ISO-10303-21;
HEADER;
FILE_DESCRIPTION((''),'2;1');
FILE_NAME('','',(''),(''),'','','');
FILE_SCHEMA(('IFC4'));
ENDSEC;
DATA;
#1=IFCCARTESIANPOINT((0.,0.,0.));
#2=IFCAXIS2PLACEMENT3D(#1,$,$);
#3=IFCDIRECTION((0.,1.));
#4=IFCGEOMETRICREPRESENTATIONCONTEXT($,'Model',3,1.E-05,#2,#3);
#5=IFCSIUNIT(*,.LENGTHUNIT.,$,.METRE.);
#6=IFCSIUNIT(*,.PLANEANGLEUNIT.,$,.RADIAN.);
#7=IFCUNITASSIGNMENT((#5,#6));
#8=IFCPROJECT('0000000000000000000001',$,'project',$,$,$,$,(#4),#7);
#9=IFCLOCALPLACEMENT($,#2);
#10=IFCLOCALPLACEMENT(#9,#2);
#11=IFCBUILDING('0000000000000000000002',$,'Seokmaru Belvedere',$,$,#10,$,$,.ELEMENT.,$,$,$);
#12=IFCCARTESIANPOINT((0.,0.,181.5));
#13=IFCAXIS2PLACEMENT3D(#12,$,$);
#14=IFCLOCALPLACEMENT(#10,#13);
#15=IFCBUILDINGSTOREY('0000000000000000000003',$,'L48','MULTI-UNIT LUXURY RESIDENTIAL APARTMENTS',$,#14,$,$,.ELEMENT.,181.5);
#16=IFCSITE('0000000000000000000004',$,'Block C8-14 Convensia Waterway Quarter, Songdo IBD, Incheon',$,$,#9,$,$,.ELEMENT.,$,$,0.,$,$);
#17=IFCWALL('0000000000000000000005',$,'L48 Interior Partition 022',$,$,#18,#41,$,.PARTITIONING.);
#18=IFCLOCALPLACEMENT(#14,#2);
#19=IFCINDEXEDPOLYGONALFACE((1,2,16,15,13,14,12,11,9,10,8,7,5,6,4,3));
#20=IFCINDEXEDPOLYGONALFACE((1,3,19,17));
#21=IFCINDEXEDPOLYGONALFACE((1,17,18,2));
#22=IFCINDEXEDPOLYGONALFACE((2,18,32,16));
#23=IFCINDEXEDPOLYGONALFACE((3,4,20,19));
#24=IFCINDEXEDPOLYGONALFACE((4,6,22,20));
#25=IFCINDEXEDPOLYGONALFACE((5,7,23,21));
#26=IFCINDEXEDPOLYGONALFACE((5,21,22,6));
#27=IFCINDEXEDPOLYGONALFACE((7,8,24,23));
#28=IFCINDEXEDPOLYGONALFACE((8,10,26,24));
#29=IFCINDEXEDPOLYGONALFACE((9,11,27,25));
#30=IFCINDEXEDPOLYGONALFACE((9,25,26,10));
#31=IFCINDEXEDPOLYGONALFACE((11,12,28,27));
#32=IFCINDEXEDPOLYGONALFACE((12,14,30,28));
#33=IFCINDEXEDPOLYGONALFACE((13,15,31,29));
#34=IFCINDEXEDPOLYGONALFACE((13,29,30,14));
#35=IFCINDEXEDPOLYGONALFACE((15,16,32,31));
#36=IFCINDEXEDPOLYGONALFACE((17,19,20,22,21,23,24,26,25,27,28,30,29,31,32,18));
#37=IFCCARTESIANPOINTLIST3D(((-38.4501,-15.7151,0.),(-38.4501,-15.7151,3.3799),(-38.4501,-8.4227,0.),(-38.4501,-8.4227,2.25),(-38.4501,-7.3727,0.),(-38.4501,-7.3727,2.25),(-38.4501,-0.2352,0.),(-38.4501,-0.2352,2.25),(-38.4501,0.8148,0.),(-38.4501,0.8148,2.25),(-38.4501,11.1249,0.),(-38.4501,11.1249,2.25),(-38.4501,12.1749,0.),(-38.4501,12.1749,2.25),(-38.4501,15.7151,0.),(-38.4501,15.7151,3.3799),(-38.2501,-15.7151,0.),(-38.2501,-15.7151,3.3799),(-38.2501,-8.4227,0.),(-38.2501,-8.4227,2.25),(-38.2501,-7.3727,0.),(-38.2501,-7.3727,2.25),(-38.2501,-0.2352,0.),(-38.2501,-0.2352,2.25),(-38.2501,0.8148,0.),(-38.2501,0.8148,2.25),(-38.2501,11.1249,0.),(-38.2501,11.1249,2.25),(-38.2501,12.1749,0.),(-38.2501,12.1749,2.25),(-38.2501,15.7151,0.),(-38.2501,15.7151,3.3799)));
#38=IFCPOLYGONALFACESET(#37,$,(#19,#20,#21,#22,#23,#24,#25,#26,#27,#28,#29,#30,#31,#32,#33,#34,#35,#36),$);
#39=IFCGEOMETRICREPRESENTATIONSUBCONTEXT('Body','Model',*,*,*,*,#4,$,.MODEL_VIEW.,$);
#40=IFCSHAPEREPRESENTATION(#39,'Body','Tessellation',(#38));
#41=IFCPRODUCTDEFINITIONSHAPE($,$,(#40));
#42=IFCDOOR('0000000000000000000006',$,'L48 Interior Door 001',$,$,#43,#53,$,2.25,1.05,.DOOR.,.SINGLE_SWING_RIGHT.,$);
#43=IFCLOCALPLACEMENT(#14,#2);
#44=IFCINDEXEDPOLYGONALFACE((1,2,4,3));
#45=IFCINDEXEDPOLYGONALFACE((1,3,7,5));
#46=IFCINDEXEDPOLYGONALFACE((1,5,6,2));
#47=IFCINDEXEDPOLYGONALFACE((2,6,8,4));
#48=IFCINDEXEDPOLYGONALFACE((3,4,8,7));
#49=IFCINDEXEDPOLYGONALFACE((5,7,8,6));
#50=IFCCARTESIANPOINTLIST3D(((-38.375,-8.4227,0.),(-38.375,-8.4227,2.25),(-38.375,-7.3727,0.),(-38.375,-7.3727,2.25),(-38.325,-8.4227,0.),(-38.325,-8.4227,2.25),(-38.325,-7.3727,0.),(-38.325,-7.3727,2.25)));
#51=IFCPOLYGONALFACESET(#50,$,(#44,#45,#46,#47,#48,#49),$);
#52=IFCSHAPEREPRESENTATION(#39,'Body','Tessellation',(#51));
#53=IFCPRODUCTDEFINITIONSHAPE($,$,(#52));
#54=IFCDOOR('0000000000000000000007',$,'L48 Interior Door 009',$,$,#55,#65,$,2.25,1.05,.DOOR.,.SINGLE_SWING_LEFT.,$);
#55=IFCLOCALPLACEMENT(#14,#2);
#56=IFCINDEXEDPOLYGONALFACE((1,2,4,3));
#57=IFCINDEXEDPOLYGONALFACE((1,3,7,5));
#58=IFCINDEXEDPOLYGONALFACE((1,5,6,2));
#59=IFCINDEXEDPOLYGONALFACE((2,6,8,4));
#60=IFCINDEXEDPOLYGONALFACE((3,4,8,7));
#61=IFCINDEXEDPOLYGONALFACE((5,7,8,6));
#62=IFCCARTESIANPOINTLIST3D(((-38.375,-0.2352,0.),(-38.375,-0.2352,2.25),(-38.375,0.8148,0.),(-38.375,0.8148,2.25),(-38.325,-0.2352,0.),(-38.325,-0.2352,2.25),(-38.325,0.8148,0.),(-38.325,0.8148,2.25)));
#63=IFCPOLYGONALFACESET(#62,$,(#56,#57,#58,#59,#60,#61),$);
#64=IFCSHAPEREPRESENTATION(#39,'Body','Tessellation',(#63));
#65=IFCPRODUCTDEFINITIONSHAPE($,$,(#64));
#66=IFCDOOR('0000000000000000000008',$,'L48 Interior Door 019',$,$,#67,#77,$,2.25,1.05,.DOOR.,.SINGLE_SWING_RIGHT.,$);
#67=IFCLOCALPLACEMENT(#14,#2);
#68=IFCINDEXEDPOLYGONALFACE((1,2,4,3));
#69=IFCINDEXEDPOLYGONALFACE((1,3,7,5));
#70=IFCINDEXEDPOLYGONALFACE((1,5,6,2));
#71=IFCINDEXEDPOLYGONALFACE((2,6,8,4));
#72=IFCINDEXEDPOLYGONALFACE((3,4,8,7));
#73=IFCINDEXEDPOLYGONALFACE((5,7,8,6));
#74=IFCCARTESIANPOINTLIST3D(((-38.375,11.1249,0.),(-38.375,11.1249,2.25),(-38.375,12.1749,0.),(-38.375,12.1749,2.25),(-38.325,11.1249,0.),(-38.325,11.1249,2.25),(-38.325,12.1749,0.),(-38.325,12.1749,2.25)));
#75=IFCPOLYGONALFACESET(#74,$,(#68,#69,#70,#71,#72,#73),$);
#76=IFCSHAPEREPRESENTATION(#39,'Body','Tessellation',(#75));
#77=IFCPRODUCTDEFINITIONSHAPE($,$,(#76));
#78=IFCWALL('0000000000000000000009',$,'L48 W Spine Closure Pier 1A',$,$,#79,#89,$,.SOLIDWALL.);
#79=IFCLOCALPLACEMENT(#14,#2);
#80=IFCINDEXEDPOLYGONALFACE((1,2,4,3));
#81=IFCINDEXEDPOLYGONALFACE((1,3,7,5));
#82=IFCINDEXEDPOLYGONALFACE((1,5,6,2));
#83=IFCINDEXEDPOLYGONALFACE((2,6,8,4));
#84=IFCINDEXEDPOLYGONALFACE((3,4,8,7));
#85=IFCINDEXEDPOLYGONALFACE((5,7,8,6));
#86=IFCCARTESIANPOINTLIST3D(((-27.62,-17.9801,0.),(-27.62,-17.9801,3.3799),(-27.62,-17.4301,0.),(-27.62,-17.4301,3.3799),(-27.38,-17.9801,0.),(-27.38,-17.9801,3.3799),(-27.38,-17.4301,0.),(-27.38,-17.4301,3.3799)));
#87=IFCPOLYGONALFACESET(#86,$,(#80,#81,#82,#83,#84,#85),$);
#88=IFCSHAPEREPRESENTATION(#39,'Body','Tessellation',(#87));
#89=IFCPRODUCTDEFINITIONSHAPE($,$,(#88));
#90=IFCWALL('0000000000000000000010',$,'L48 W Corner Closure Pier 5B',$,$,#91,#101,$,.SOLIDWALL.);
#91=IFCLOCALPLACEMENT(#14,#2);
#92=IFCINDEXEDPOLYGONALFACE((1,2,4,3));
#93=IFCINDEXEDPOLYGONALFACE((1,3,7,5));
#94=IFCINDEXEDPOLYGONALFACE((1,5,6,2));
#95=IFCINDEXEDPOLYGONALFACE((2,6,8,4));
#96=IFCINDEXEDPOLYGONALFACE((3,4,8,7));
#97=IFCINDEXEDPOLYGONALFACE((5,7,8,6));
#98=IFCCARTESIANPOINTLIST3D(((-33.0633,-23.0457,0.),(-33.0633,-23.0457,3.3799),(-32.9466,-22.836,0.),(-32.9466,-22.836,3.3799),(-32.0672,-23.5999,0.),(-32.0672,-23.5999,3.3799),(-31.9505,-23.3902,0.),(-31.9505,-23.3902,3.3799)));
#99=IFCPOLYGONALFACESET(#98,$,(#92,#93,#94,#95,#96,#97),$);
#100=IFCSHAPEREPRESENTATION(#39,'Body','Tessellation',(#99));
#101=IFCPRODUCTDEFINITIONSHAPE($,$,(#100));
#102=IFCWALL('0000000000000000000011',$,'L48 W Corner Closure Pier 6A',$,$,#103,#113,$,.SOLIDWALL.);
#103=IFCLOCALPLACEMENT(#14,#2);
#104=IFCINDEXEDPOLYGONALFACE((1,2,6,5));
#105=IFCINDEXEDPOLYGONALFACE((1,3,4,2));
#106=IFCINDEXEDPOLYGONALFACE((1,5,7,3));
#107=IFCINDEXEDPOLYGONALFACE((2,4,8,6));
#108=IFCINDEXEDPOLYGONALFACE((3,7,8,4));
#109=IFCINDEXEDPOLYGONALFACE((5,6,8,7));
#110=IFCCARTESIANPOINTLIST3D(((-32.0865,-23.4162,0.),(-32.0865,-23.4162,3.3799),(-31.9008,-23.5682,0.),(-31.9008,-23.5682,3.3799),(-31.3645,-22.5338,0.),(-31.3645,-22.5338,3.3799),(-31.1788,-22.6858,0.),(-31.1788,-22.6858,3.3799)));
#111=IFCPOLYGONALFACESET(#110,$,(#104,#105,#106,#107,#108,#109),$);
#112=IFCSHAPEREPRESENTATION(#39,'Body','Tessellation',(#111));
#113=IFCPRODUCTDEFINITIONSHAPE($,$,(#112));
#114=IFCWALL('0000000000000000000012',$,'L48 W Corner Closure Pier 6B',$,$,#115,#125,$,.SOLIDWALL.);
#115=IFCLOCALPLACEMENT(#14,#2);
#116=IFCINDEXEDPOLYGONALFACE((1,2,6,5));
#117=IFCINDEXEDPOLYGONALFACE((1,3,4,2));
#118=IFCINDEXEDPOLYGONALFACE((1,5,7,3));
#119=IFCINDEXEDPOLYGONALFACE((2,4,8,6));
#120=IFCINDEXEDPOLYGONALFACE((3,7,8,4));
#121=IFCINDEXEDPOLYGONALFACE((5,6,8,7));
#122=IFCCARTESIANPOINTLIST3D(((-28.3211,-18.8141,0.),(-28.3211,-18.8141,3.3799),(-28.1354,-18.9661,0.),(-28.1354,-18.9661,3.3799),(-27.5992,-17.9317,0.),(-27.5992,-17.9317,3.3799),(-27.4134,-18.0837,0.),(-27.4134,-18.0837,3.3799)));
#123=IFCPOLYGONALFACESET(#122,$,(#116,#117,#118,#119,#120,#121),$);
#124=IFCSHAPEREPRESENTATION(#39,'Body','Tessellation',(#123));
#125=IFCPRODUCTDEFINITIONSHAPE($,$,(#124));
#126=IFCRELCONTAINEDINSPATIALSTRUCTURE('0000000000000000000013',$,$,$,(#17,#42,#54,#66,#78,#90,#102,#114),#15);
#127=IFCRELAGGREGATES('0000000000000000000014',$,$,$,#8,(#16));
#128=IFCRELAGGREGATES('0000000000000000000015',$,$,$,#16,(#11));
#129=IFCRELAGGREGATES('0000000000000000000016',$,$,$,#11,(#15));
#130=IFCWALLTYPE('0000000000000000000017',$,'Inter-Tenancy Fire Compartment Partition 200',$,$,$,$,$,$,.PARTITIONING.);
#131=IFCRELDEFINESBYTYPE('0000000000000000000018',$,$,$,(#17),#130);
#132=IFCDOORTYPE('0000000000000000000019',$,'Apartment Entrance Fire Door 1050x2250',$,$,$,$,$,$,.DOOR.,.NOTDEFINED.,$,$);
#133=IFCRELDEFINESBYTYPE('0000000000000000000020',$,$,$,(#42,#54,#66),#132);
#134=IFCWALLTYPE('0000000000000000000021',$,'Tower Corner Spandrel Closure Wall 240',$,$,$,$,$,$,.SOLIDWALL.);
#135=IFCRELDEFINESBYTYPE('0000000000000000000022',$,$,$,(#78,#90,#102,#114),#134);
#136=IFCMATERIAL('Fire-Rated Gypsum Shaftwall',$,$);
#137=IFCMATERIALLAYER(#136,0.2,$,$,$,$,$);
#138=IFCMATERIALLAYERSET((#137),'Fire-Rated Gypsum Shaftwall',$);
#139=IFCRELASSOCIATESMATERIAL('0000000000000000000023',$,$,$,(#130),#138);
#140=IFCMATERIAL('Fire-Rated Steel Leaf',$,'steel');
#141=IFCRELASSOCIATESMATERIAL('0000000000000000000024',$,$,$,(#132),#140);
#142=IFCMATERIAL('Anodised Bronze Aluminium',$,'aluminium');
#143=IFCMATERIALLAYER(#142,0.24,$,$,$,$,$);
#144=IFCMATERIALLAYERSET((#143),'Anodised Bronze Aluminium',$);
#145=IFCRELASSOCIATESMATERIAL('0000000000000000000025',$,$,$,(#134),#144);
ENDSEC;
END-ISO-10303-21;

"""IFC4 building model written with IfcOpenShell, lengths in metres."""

from ifc_helpers import new_model, si_unit, direction, frame, frame_2d, origin, place, context, subcontext, project, spatial, rectangle, extrude, source, transform, mapped, material, layer, layer_set, type_object, type_shapes, element, fill, save


model = new_model("IFC4")

# Units and contexts
model_context = context("Model", 3, precision=1e-05, world=origin(), true_north=direction((0.0, 1.0)))
body_context = subcontext(model_context, "Body", "Model", "MODEL_VIEW")
ifc_project = project(units=[si_unit("LENGTHUNIT", "METRE"), si_unit("PLANEANGLEUNIT", "RADIAN")], contexts=[model_context])

# Site, building, storey
site_placement = place(None, origin())
site = spatial("IfcSite", under=ifc_project, at=site_placement, Name="Block C8-14 Convensia Waterway Quarter, Songdo IBD, Incheon", CompositionType="ELEMENT", RefElevation=0.0)
building_placement = place(site_placement, origin())
building = spatial("IfcBuilding", under=site, at=building_placement, Name="Seokmaru Belvedere", CompositionType="ELEMENT")
storey_placement = place(building_placement, frame((0.0, 0.0, 181.5)))
storey = spatial("IfcBuildingStorey", under=building, at=storey_placement, Name="L48", Description="MULTI-UNIT LUXURY RESIDENTIAL APARTMENTS", CompositionType="ELEMENT", Elevation=181.5)

# Shared definitions
ifc_material_1 = material(Name="Anodised Bronze Aluminium", Category="aluminium")

# Shared definitions
ifc_material_2 = material(Name="Fire-Rated Gypsum Shaftwall")

# Shared definitions
ifc_layer_1 = layer(ifc_material_2, 0.2)
ifc_layer_set_1 = layer_set([ifc_layer_1], Name="Fire-Rated Gypsum Shaftwall")
wall_type_1 = type_object("IfcWallType", Name="Inter-Tenancy Fire Compartment Partition 200", PredefinedType="PARTITIONING", material=ifc_layer_set_1)

# Wall, openings, doors
wall_1_placement = place(storey_placement, frame((-38.3501, -15.7151, 0.0), z_axis=(0.0, 0.0, 1.0), x_axis=(0.0, 1.0, 0.0)))
wall_1 = element("IfcWall", 1, at=wall_1_placement, inside=storey, type_object=wall_type_1, Name="L48 Interior Partition 022", PredefinedType="PARTITIONING", context=body_context, shape_type="SweptSolid", body=[
    extrude(rectangle(XDim=31.4302, YDim=0.2, at=frame_2d((15.7151, 0.0))), origin(), (0.0, 0.0, 1.0), 3.3799),
])
opening_1_placement = place(wall_1_placement, frame((7.2925, 0.0, 0.0)))
opening_1 = element("IfcOpeningElement", 2, at=opening_1_placement, cuts=wall_1, PredefinedType="OPENING", context=body_context, shape_type="SweptSolid", body=[
    extrude(rectangle(XDim=1.05, YDim=2.25, at=frame_2d((0.5249, 1.125))), frame((0.0, 0.1099, 0.0), z_axis=(0.0, -1.0, 0.0), x_axis=(1.0, 0.0, 0.0)), (0.0, 0.0, 1.0), 0.22),
])
opening_2_placement = place(wall_1_placement, frame((15.48, 0.0, 0.0)))
opening_2 = element("IfcOpeningElement", 3, at=opening_2_placement, cuts=wall_1, PredefinedType="OPENING", context=body_context, shape_type="SweptSolid", body=[
    extrude(rectangle(XDim=1.05, YDim=2.25, at=frame_2d((0.5249, 1.125))), frame((0.0, 0.1099, 0.0), z_axis=(0.0, -1.0, 0.0), x_axis=(1.0, 0.0, 0.0)), (0.0, 0.0, 1.0), 0.22),
])
opening_3_placement = place(wall_1_placement, frame((26.8401, 0.0, 0.0)))
opening_3 = element("IfcOpeningElement", 4, at=opening_3_placement, cuts=wall_1, PredefinedType="OPENING", context=body_context, shape_type="SweptSolid", body=[
    extrude(rectangle(XDim=1.05, YDim=2.25, at=frame_2d((0.5249, 1.125))), frame((0.0, 0.1099, 0.0), z_axis=(0.0, -1.0, 0.0), x_axis=(1.0, 0.0, 0.0)), (0.0, 0.0, 1.0), 0.22),
])
ifc_material_3 = material(Name="Fire-Rated Steel Leaf", Category="steel")
door_type_1 = type_object("IfcDoorType", Name="Apartment Entrance Fire Door 1050x2250", OperationType="NOTDEFINED", PredefinedType="DOOR", material=ifc_material_3)
shared_shape_1 = source(origin(), body_context, "Body", "SweptSolid", [
    extrude(rectangle(XDim=1.05, YDim=2.25, at=frame_2d((0.5249, 1.125))), frame((0.0, 0.0249, 0.0), z_axis=(0.0, -1.0, 0.0), x_axis=(1.0, 0.0, 0.0)), (0.0, 0.0, 1.0), 0.05),
])
type_shapes(door_type_1, [shared_shape_1])
door_1_placement = place(opening_1_placement, origin())
door_1 = element("IfcDoor", 5, at=door_1_placement, inside=storey, type_object=door_type_1, Name="L48 Interior Door 001", OperationType="SINGLE_SWING_RIGHT", OverallHeight=2.25, OverallWidth=1.05, PredefinedType="DOOR", context=body_context, shape_type="MappedRepresentation", body=[
    mapped(shared_shape_1, transform((0.0, 0.0, 0.0), scale=1.0)),
])
fill(opening_1, door_1)
door_2_placement = place(opening_2_placement, origin())
door_2 = element("IfcDoor", 6, at=door_2_placement, inside=storey, type_object=door_type_1, Name="L48 Interior Door 009", OperationType="SINGLE_SWING_LEFT", OverallHeight=2.25, OverallWidth=1.05, PredefinedType="DOOR", context=body_context, shape_type="MappedRepresentation", body=[
    mapped(shared_shape_1, transform((0.0, 0.0, 0.0), scale=1.0)),
])
fill(opening_2, door_2)
door_3_placement = place(opening_3_placement, origin())
door_3 = element("IfcDoor", 7, at=door_3_placement, inside=storey, type_object=door_type_1, Name="L48 Interior Door 019", OperationType="SINGLE_SWING_RIGHT", OverallHeight=2.25, OverallWidth=1.05, PredefinedType="DOOR", context=body_context, shape_type="MappedRepresentation", body=[
    mapped(shared_shape_1, transform((0.0, 0.0, 0.0), scale=1.0)),
])
fill(opening_3, door_3)

# Walls
ifc_layer_2 = layer(ifc_material_1, 0.24)
ifc_layer_set_2 = layer_set([ifc_layer_2], Name="Anodised Bronze Aluminium")
wall_type_2 = type_object("IfcWallType", Name="Tower Corner Spandrel Closure Wall 240", PredefinedType="SOLIDWALL", material=ifc_layer_set_2)
wall_2_placement = place(storey_placement, frame((-27.5, -17.98, 0.0), z_axis=(0.0, 0.0, 1.0), x_axis=(0.0, 1.0, 0.0)))
element("IfcWall", 8, at=wall_2_placement, inside=storey, type_object=wall_type_2, Name="L48 W Spine Closure Pier 1A", PredefinedType="SOLIDWALL", context=body_context, shape_type="SweptSolid", body=[
    extrude(rectangle(XDim=0.55, YDim=0.24, at=frame_2d((0.2749, 0.0))), origin(), (0.0, 0.0, 1.0), 3.3799),
])
wall_3_placement = place(storey_placement, frame((-33.0049, -22.9409, 0.0), z_axis=(0.0, 0.0, 1.0), x_axis=(0.873854, -0.486188, 0.0)))
element("IfcWall", 9, at=wall_3_placement, inside=storey, type_object=wall_type_2, Name="L48 W Corner Closure Pier 5B", PredefinedType="SOLIDWALL", context=body_context, shape_type="SweptSolid", body=[
    extrude(rectangle(XDim=1.1399, YDim=0.24, at=frame_2d((0.5698, 0.0))), origin(), (0.0, 0.0, 1.0), 3.3799),
])
for number, where, z_axis, x_axis, name in (
    (10, (-31.9937, -23.4922, 0.0), (0.0, 0.0, 1.0), (0.633249, 0.773948, 0.0), "L48 W Corner Closure Pier 6A"),
    (11, (-28.2283, -18.8901, 0.0), (0.0, 0.0, 1.0), (0.633249, 0.773948, 0.0), "L48 W Corner Closure Pier 6B"),
):
    element("IfcWall", number, at=place(storey_placement, frame(where, z_axis=z_axis, x_axis=x_axis)), inside=storey, type_object=wall_type_2, Name=name, PredefinedType="SOLIDWALL", context=body_context, shape_type="SweptSolid", body=[
        extrude(rectangle(XDim=1.1401, YDim=0.24, at=frame_2d((0.5701, 0.0))), origin(), (0.0, 0.0, 1.0), 3.3799),
    ])

save(model, "model.ifc")
